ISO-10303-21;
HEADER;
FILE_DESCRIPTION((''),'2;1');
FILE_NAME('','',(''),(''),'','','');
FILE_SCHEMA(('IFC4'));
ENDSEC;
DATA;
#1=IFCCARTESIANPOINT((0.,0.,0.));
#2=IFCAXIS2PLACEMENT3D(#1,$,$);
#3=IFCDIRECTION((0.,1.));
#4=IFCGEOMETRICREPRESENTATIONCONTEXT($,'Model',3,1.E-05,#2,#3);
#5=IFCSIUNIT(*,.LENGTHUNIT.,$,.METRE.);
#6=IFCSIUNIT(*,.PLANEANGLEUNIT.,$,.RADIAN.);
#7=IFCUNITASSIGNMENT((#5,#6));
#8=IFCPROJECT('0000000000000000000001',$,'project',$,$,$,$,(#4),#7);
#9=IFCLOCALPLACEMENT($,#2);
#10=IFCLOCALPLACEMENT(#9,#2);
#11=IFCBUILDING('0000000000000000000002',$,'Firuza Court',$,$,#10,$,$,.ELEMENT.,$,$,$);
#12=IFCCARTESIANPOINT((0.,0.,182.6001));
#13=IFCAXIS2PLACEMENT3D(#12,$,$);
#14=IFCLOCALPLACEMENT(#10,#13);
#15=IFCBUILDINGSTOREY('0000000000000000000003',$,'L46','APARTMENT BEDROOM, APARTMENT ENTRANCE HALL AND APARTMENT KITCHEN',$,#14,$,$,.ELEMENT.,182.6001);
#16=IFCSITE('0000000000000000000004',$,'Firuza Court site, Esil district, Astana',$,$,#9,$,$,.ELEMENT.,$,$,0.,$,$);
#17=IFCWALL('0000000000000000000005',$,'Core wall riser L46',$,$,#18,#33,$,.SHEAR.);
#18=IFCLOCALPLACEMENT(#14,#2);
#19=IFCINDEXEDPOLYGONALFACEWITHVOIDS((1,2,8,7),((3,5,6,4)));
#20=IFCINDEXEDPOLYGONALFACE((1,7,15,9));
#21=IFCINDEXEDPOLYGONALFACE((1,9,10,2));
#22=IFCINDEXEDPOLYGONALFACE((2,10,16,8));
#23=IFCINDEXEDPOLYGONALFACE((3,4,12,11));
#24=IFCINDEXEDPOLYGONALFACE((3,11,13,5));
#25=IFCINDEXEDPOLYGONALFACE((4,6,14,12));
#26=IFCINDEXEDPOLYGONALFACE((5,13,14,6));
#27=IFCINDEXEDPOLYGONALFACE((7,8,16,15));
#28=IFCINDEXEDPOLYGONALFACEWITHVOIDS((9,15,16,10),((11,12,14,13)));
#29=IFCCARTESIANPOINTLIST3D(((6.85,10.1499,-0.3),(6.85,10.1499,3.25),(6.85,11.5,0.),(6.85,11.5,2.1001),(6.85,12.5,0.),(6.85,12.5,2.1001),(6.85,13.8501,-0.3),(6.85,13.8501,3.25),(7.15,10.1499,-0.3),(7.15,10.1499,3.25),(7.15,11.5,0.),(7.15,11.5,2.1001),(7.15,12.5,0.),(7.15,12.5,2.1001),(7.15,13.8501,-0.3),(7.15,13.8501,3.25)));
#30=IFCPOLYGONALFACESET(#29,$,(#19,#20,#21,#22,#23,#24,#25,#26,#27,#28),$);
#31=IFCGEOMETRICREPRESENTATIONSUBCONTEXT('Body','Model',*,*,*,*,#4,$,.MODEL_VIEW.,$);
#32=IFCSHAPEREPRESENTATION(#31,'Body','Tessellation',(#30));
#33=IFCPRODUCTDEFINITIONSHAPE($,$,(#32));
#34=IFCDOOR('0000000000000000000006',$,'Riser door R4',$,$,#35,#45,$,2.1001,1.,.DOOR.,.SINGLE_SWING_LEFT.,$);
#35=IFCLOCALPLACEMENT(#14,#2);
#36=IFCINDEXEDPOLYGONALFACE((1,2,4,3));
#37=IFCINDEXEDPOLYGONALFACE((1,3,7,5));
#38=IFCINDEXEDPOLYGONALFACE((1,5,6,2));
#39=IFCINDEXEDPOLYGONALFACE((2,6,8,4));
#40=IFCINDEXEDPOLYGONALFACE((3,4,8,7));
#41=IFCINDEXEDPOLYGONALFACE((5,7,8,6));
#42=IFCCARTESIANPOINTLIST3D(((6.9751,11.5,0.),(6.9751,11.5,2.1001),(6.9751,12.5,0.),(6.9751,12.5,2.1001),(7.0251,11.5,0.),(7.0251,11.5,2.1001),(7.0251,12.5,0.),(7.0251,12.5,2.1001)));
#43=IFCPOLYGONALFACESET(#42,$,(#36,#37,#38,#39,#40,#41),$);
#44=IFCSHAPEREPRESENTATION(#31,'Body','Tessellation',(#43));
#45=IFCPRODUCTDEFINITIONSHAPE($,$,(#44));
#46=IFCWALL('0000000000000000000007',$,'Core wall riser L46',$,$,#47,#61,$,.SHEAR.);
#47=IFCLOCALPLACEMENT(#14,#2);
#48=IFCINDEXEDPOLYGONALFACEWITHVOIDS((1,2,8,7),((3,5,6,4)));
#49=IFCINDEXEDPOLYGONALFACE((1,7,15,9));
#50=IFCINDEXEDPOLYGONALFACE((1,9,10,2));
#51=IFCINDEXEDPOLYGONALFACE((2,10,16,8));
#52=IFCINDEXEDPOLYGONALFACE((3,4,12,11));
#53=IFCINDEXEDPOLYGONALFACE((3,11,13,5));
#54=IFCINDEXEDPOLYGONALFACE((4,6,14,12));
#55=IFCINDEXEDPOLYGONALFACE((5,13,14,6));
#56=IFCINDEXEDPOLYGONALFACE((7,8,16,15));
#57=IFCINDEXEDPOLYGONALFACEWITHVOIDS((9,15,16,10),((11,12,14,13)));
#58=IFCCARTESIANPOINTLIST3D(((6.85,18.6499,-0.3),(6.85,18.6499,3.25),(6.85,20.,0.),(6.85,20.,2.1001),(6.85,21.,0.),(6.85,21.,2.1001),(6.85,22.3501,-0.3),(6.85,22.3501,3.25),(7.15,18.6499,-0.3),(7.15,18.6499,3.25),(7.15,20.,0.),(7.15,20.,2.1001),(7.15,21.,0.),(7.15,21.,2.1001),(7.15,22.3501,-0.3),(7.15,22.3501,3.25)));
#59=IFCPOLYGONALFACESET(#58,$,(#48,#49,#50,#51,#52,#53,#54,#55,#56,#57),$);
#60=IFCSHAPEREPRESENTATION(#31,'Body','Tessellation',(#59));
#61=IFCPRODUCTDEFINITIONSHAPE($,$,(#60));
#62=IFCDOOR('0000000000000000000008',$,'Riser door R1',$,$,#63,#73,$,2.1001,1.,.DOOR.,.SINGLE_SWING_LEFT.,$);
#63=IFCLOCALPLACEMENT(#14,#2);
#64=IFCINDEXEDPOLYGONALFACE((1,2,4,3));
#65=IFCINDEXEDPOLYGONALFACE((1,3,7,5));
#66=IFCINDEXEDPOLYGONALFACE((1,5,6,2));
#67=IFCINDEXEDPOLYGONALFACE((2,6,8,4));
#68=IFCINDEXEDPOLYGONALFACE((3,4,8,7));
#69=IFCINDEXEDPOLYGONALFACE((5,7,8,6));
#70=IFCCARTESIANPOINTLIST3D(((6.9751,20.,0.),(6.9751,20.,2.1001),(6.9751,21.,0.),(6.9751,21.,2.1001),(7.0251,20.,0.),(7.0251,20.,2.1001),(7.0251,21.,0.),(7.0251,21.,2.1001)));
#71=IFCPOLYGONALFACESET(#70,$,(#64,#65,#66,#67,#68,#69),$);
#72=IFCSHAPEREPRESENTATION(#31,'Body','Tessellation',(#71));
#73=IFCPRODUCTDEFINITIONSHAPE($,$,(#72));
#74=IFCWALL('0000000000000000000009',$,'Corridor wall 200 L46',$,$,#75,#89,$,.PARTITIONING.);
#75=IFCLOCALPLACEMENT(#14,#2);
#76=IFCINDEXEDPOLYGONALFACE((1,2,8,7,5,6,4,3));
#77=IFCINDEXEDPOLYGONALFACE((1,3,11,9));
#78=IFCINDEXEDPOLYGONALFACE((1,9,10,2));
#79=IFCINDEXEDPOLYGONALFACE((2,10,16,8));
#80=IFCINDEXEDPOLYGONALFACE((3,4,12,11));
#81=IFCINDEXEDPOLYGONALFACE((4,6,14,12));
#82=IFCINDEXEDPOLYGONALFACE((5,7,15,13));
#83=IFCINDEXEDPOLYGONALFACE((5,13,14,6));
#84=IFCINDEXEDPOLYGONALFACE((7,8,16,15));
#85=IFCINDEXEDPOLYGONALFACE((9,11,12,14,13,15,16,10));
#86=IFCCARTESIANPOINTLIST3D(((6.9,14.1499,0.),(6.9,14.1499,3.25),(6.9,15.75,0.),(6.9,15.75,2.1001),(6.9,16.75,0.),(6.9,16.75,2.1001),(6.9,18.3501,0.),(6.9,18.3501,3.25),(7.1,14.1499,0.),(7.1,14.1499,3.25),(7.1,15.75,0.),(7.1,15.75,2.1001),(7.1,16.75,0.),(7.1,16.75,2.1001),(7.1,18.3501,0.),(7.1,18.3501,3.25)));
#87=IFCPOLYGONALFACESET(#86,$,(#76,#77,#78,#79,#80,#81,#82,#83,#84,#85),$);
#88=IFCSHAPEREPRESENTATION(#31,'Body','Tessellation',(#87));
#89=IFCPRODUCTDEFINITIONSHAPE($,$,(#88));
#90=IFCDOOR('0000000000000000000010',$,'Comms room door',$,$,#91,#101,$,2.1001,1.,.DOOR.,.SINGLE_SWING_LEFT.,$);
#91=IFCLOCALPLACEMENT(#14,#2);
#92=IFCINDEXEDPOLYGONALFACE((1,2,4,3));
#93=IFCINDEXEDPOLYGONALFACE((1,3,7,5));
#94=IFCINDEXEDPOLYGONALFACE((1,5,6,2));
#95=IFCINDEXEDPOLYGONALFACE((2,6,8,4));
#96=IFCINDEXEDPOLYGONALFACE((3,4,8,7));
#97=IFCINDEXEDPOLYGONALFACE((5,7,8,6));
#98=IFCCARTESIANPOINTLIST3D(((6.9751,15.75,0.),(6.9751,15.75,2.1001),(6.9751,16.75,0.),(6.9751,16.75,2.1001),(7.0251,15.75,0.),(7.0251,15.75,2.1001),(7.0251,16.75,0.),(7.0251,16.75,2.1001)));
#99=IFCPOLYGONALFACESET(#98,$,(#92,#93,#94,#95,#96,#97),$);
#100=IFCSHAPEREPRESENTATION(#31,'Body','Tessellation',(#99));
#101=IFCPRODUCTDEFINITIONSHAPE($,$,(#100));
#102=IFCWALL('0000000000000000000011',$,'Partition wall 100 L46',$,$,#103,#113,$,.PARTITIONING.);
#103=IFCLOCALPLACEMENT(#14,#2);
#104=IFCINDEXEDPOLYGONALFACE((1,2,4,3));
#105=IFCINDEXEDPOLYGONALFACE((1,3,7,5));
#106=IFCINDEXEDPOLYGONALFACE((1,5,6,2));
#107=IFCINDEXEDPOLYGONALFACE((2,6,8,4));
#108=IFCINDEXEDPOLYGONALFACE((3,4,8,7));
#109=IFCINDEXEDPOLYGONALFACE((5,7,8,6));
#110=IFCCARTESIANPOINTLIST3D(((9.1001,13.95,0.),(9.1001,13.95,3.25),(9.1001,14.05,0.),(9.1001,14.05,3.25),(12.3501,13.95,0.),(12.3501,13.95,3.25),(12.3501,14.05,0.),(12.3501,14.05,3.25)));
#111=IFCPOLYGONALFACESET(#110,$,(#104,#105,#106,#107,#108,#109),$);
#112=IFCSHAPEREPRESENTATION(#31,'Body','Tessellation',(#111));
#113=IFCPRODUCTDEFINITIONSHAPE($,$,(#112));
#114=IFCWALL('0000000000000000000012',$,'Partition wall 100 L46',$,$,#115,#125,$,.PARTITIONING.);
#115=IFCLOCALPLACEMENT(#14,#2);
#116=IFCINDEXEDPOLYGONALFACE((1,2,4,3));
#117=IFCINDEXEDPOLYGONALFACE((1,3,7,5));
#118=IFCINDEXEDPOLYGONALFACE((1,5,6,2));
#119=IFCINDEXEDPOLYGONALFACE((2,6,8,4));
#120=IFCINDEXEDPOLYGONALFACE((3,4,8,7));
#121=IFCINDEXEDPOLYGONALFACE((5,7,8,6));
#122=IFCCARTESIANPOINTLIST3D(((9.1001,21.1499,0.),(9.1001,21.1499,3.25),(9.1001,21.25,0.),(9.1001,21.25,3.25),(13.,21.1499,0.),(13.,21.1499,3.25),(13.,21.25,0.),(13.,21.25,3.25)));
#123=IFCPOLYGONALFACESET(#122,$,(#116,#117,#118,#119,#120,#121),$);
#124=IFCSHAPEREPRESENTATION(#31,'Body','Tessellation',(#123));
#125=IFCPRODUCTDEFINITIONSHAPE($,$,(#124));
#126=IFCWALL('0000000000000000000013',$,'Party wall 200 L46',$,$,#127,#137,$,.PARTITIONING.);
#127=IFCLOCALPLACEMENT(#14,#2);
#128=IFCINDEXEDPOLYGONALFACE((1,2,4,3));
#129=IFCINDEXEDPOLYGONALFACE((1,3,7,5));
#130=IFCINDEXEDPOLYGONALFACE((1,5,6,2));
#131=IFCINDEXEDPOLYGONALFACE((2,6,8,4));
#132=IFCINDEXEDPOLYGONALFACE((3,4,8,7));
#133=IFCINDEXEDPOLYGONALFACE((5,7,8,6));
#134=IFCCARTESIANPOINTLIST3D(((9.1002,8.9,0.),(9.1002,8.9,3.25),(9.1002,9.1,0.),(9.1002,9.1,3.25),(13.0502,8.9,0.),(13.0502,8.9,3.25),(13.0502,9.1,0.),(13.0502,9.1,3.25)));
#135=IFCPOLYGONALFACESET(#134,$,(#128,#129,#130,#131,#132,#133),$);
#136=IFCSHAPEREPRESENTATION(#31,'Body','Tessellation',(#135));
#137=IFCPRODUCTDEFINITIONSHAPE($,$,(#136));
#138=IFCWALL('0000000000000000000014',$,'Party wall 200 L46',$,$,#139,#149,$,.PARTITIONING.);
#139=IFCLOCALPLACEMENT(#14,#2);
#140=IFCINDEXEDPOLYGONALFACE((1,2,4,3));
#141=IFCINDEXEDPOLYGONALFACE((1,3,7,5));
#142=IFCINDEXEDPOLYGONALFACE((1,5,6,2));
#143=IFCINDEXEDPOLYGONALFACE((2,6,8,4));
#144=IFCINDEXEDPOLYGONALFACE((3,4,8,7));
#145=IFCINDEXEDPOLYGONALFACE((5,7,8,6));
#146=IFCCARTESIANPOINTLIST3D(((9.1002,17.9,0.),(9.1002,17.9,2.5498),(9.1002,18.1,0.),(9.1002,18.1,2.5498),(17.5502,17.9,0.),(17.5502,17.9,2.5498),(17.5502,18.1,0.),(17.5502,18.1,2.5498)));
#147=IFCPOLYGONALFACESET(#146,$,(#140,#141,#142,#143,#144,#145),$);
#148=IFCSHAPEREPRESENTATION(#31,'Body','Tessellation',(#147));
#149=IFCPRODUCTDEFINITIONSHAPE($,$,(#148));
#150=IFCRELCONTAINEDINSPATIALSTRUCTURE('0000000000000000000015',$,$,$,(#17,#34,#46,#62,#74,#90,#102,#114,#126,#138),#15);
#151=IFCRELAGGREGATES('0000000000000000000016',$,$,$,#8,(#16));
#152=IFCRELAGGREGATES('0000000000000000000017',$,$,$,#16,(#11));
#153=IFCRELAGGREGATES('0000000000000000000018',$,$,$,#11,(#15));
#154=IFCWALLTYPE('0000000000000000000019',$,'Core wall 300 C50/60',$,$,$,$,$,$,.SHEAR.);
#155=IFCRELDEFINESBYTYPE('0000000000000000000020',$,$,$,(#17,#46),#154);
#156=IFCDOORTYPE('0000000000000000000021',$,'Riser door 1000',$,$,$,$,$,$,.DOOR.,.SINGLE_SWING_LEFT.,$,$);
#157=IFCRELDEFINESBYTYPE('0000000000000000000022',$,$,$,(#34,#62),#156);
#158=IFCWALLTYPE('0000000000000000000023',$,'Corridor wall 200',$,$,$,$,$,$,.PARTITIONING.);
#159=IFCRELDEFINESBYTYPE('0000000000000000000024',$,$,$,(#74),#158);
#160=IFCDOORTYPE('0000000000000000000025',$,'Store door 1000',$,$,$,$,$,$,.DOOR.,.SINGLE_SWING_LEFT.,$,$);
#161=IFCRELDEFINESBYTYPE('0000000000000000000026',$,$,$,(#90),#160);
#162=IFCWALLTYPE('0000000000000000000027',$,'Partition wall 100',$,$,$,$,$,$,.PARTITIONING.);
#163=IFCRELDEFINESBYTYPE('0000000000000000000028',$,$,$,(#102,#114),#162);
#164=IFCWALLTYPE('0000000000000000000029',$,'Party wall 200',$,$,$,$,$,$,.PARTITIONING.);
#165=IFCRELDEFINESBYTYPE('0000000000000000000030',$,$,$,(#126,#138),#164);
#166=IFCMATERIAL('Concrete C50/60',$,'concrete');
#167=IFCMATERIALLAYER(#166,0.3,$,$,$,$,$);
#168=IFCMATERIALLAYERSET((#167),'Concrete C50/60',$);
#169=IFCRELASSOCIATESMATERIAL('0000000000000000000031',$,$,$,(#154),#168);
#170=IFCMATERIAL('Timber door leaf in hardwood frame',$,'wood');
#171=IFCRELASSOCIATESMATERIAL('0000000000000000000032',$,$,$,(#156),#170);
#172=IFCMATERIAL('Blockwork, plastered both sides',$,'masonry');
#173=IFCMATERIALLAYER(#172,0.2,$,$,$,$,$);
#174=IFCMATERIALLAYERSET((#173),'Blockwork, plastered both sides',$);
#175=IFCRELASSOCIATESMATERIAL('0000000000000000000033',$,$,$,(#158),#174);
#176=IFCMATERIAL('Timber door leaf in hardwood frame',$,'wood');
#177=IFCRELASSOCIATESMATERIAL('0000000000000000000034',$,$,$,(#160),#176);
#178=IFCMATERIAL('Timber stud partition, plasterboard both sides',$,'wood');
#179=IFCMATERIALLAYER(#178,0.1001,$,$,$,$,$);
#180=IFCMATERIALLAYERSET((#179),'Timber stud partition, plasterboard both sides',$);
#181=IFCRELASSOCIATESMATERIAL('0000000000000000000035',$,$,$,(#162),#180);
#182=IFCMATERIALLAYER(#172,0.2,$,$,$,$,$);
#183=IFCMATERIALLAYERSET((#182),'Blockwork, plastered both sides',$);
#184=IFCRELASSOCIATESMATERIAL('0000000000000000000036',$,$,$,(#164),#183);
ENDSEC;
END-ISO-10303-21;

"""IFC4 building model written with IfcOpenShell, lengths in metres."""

from ifc_helpers import new_model, si_unit, direction, frame, frame_2d, origin, place, context, subcontext, project, spatial, rectangle, extrude, material, layer, layer_set, type_object, element, fill, save


model = new_model("IFC4")

# Units and contexts
model_context = context("Model", 3, precision=1e-05, world=origin(), true_north=direction((0.0, 1.0)))
body_context = subcontext(model_context, "Body", "Model", "MODEL_VIEW")
ifc_project = project(units=[si_unit("LENGTHUNIT", "METRE"), si_unit("PLANEANGLEUNIT", "RADIAN")], contexts=[model_context])

# Site, building, storey
site_placement = place(None, origin())
site = spatial("IfcSite", under=ifc_project, at=site_placement, Name="Firuza Court site, Esil district, Astana", CompositionType="ELEMENT", RefElevation=0.0)
building_placement = place(site_placement, origin())
building = spatial("IfcBuilding", under=site, at=building_placement, Name="Firuza Court", CompositionType="ELEMENT")
storey_placement = place(building_placement, frame((0.0, 0.0, 182.6001)))
storey = spatial("IfcBuildingStorey", under=building, at=storey_placement, Name="L46", Description="APARTMENT BEDROOM, APARTMENT ENTRANCE HALL AND APARTMENT KITCHEN", CompositionType="ELEMENT", Elevation=182.6001)

# Shared definitions
ifc_material_1 = material(Name="Concrete C50/60", Category="concrete")
ifc_layer_1 = layer(ifc_material_1, 0.3)
ifc_layer_set_1 = layer_set([ifc_layer_1], Name="Concrete C50/60")
wall_type_1 = type_object("IfcWallType", Name="Core wall 300 C50/60", PredefinedType="SHEAR", material=ifc_layer_set_1)

# Walls, openings, doors
wall_1_placement = place(storey_placement, frame((7.0, 10.1499, -0.3), z_axis=(0.0, 0.0, 1.0), x_axis=(0.0, 1.0, 0.0)))
wall_1 = element("IfcWall", 1, at=wall_1_placement, inside=storey, type_object=wall_type_1, Name="Core wall riser L46", PredefinedType="SHEAR", context=body_context, shape_type="SweptSolid", body=[
    extrude(rectangle(XDim=3.7002, YDim=0.3, at=frame_2d((1.8501, 0.0))), origin(), (0.0, 0.0, 1.0), 3.55),
])
opening_1_placement = place(wall_1_placement, frame((1.3501, 0.0, 0.3)))
opening_1 = element("IfcOpeningElement", 2, at=opening_1_placement, cuts=wall_1, PredefinedType="OPENING", context=body_context, shape_type="SweptSolid", body=[
    extrude(rectangle(XDim=1.0, YDim=2.1001, at=frame_2d((0.5, 1.05))), frame((0.0, 0.1621, 0.0), z_axis=(0.0, -1.0, 0.0), x_axis=(1.0, 0.0, 0.0)), (0.0, 0.0, 1.0), 0.324),
])
ifc_material_2 = material(Name="Timber door leaf in hardwood frame", Category="wood")
door_type_1 = type_object("IfcDoorType", Name="Riser door 1000", OperationType="SINGLE_SWING_LEFT", PredefinedType="DOOR", material=ifc_material_2)
door_1_placement = place(opening_1_placement, origin())
door_1 = element("IfcDoor", 3, at=door_1_placement, inside=storey, type_object=door_type_1, Name="Riser door R4", OperationType="SINGLE_SWING_LEFT", OverallHeight=2.1001, OverallWidth=1.0, PredefinedType="DOOR", context=body_context, shape_type="SweptSolid", body=[
    extrude(rectangle(XDim=1.0, YDim=2.1001, at=frame_2d((0.5, 1.05))), frame((0.0, 0.0249, 0.0), z_axis=(0.0, -1.0, 0.0), x_axis=(1.0, 0.0, 0.0)), (0.0, 0.0, 1.0), 0.05),
])
fill(opening_1, door_1)
wall_2_placement = place(storey_placement, frame((7.0, 18.6499, -0.3), z_axis=(0.0, 0.0, 1.0), x_axis=(0.0, 1.0, 0.0)))
wall_2 = element("IfcWall", 4, at=wall_2_placement, inside=storey, type_object=wall_type_1, Name="Core wall riser L46", PredefinedType="SHEAR", context=body_context, shape_type="SweptSolid", body=[
    extrude(rectangle(XDim=3.7002, YDim=0.3, at=frame_2d((1.8501, 0.0))), origin(), (0.0, 0.0, 1.0), 3.55),
])
opening_2_placement = place(wall_2_placement, frame((1.3501, 0.0, 0.3)))
opening_2 = element("IfcOpeningElement", 5, at=opening_2_placement, cuts=wall_2, PredefinedType="OPENING", context=body_context, shape_type="SweptSolid", body=[
    extrude(rectangle(XDim=1.0, YDim=2.1001, at=frame_2d((0.5, 1.05))), frame((0.0, 0.1621, 0.0), z_axis=(0.0, -1.0, 0.0), x_axis=(1.0, 0.0, 0.0)), (0.0, 0.0, 1.0), 0.324),
])
door_2_placement = place(opening_2_placement, origin())
door_2 = element("IfcDoor", 6, at=door_2_placement, inside=storey, type_object=door_type_1, Name="Riser door R1", OperationType="SINGLE_SWING_LEFT", OverallHeight=2.1001, OverallWidth=1.0, PredefinedType="DOOR", context=body_context, shape_type="SweptSolid", body=[
    extrude(rectangle(XDim=1.0, YDim=2.1001, at=frame_2d((0.5, 1.05))), frame((0.0, 0.0249, 0.0), z_axis=(0.0, -1.0, 0.0), x_axis=(1.0, 0.0, 0.0)), (0.0, 0.0, 1.0), 0.05),
])
fill(opening_2, door_2)
ifc_material_3 = material(Name="Blockwork, plastered both sides", Category="masonry")
ifc_layer_2 = layer(ifc_material_3, 0.2)
ifc_layer_set_2 = layer_set([ifc_layer_2], Name="Blockwork, plastered both sides")
wall_type_2 = type_object("IfcWallType", Name="Corridor wall 200", PredefinedType="PARTITIONING", material=ifc_layer_set_2)
wall_3_placement = place(storey_placement, frame((7.0, 14.1499, 0.0), z_axis=(0.0, 0.0, 1.0), x_axis=(0.0, 1.0, 0.0)))
wall_3 = element("IfcWall", 7, at=wall_3_placement, inside=storey, type_object=wall_type_2, Name="Corridor wall 200 L46", PredefinedType="PARTITIONING", context=body_context, shape_type="SweptSolid", body=[
    extrude(rectangle(XDim=4.2002, YDim=0.2, at=frame_2d((2.1001, 0.0))), origin(), (0.0, 0.0, 1.0), 3.25),
])
opening_3_placement = place(wall_3_placement, frame((1.6001, 0.0, 0.0)))
opening_3 = element("IfcOpeningElement", 8, at=opening_3_placement, cuts=wall_3, PredefinedType="OPENING", context=body_context, shape_type="SweptSolid", body=[
    extrude(rectangle(XDim=1.0, YDim=2.1001, at=frame_2d((0.5, 1.05))), frame((0.0, 0.1118, 0.0), z_axis=(0.0, -1.0, 0.0), x_axis=(1.0, 0.0, 0.0)), (0.0, 0.0, 1.0), 0.2239),
])
ifc_material_4 = material(Name="Timber door leaf in hardwood frame", Category="wood")
door_type_2 = type_object("IfcDoorType", Name="Store door 1000", OperationType="SINGLE_SWING_LEFT", PredefinedType="DOOR", material=ifc_material_4)
door_3_placement = place(opening_3_placement, origin())
door_3 = element("IfcDoor", 9, at=door_3_placement, inside=storey, type_object=door_type_2, Name="Comms room door", OperationType="SINGLE_SWING_LEFT", OverallHeight=2.1001, OverallWidth=1.0, PredefinedType="DOOR", context=body_context, shape_type="SweptSolid", body=[
    extrude(rectangle(XDim=1.0, YDim=2.1001, at=frame_2d((0.5, 1.05))), frame((0.0, 0.0249, 0.0), z_axis=(0.0, -1.0, 0.0), x_axis=(1.0, 0.0, 0.0)), (0.0, 0.0, 1.0), 0.05),
])
fill(opening_3, door_3)

# Walls
ifc_material_5 = material(Name="Timber stud partition, plasterboard both sides", Category="wood")
ifc_layer_3 = layer(ifc_material_5, 0.1001)
ifc_layer_set_3 = layer_set([ifc_layer_3], Name="Timber stud partition, plasterboard both sides")
wall_type_3 = type_object("IfcWallType", Name="Partition wall 100", PredefinedType="PARTITIONING", material=ifc_layer_set_3)
wall_4_placement = place(storey_placement, frame((9.1001, 14.0, 0.0), z_axis=(0.0, 0.0, 1.0), x_axis=(1.0, 0.0, 0.0)))
element("IfcWall", 10, at=wall_4_placement, inside=storey, type_object=wall_type_3, Name="Partition wall 100 L46", PredefinedType="PARTITIONING", context=body_context, shape_type="SweptSolid", body=[
    extrude(rectangle(XDim=3.25, YDim=0.1001, at=frame_2d((1.625, 0.0))), origin(), (0.0, 0.0, 1.0), 3.25),
])
wall_5_placement = place(storey_placement, frame((9.1001, 21.2, 0.0), z_axis=(0.0, 0.0, 1.0), x_axis=(1.0, 0.0, 0.0)))
element("IfcWall", 11, at=wall_5_placement, inside=storey, type_object=wall_type_3, Name="Partition wall 100 L46", PredefinedType="PARTITIONING", context=body_context, shape_type="SweptSolid", body=[
    extrude(rectangle(XDim=3.8999, YDim=0.1001, at=frame_2d((1.95, 0.0))), origin(), (0.0, 0.0, 1.0), 3.25),
])
ifc_layer_4 = layer(ifc_material_3, 0.2)
ifc_layer_set_4 = layer_set([ifc_layer_4], Name="Blockwork, plastered both sides")
wall_type_4 = type_object("IfcWallType", Name="Party wall 200", PredefinedType="PARTITIONING", material=ifc_layer_set_4)
wall_6_placement = place(storey_placement, frame((9.1001, 9.0, 0.0), z_axis=(0.0, 0.0, 1.0), x_axis=(1.0, 0.0, 0.0)))
element("IfcWall", 12, at=wall_6_placement, inside=storey, type_object=wall_type_4, Name="Party wall 200 L46", PredefinedType="PARTITIONING", context=body_context, shape_type="SweptSolid", body=[
    extrude(rectangle(XDim=3.95, YDim=0.2, at=frame_2d((1.9751, 0.0))), origin(), (0.0, 0.0, 1.0), 3.25),
])
wall_7_placement = place(storey_placement, frame((9.1001, 18.0, 0.0), z_axis=(0.0, 0.0, 1.0), x_axis=(1.0, 0.0, 0.0)))
element("IfcWall", 13, at=wall_7_placement, inside=storey, type_object=wall_type_4, Name="Party wall 200 L46", PredefinedType="PARTITIONING", context=body_context, shape_type="SweptSolid", body=[
    extrude(rectangle(XDim=8.45, YDim=0.2, at=frame_2d((4.2251, 0.0))), origin(), (0.0, 0.0, 1.0), 2.5498),
])

save(model, "model.ifc")
